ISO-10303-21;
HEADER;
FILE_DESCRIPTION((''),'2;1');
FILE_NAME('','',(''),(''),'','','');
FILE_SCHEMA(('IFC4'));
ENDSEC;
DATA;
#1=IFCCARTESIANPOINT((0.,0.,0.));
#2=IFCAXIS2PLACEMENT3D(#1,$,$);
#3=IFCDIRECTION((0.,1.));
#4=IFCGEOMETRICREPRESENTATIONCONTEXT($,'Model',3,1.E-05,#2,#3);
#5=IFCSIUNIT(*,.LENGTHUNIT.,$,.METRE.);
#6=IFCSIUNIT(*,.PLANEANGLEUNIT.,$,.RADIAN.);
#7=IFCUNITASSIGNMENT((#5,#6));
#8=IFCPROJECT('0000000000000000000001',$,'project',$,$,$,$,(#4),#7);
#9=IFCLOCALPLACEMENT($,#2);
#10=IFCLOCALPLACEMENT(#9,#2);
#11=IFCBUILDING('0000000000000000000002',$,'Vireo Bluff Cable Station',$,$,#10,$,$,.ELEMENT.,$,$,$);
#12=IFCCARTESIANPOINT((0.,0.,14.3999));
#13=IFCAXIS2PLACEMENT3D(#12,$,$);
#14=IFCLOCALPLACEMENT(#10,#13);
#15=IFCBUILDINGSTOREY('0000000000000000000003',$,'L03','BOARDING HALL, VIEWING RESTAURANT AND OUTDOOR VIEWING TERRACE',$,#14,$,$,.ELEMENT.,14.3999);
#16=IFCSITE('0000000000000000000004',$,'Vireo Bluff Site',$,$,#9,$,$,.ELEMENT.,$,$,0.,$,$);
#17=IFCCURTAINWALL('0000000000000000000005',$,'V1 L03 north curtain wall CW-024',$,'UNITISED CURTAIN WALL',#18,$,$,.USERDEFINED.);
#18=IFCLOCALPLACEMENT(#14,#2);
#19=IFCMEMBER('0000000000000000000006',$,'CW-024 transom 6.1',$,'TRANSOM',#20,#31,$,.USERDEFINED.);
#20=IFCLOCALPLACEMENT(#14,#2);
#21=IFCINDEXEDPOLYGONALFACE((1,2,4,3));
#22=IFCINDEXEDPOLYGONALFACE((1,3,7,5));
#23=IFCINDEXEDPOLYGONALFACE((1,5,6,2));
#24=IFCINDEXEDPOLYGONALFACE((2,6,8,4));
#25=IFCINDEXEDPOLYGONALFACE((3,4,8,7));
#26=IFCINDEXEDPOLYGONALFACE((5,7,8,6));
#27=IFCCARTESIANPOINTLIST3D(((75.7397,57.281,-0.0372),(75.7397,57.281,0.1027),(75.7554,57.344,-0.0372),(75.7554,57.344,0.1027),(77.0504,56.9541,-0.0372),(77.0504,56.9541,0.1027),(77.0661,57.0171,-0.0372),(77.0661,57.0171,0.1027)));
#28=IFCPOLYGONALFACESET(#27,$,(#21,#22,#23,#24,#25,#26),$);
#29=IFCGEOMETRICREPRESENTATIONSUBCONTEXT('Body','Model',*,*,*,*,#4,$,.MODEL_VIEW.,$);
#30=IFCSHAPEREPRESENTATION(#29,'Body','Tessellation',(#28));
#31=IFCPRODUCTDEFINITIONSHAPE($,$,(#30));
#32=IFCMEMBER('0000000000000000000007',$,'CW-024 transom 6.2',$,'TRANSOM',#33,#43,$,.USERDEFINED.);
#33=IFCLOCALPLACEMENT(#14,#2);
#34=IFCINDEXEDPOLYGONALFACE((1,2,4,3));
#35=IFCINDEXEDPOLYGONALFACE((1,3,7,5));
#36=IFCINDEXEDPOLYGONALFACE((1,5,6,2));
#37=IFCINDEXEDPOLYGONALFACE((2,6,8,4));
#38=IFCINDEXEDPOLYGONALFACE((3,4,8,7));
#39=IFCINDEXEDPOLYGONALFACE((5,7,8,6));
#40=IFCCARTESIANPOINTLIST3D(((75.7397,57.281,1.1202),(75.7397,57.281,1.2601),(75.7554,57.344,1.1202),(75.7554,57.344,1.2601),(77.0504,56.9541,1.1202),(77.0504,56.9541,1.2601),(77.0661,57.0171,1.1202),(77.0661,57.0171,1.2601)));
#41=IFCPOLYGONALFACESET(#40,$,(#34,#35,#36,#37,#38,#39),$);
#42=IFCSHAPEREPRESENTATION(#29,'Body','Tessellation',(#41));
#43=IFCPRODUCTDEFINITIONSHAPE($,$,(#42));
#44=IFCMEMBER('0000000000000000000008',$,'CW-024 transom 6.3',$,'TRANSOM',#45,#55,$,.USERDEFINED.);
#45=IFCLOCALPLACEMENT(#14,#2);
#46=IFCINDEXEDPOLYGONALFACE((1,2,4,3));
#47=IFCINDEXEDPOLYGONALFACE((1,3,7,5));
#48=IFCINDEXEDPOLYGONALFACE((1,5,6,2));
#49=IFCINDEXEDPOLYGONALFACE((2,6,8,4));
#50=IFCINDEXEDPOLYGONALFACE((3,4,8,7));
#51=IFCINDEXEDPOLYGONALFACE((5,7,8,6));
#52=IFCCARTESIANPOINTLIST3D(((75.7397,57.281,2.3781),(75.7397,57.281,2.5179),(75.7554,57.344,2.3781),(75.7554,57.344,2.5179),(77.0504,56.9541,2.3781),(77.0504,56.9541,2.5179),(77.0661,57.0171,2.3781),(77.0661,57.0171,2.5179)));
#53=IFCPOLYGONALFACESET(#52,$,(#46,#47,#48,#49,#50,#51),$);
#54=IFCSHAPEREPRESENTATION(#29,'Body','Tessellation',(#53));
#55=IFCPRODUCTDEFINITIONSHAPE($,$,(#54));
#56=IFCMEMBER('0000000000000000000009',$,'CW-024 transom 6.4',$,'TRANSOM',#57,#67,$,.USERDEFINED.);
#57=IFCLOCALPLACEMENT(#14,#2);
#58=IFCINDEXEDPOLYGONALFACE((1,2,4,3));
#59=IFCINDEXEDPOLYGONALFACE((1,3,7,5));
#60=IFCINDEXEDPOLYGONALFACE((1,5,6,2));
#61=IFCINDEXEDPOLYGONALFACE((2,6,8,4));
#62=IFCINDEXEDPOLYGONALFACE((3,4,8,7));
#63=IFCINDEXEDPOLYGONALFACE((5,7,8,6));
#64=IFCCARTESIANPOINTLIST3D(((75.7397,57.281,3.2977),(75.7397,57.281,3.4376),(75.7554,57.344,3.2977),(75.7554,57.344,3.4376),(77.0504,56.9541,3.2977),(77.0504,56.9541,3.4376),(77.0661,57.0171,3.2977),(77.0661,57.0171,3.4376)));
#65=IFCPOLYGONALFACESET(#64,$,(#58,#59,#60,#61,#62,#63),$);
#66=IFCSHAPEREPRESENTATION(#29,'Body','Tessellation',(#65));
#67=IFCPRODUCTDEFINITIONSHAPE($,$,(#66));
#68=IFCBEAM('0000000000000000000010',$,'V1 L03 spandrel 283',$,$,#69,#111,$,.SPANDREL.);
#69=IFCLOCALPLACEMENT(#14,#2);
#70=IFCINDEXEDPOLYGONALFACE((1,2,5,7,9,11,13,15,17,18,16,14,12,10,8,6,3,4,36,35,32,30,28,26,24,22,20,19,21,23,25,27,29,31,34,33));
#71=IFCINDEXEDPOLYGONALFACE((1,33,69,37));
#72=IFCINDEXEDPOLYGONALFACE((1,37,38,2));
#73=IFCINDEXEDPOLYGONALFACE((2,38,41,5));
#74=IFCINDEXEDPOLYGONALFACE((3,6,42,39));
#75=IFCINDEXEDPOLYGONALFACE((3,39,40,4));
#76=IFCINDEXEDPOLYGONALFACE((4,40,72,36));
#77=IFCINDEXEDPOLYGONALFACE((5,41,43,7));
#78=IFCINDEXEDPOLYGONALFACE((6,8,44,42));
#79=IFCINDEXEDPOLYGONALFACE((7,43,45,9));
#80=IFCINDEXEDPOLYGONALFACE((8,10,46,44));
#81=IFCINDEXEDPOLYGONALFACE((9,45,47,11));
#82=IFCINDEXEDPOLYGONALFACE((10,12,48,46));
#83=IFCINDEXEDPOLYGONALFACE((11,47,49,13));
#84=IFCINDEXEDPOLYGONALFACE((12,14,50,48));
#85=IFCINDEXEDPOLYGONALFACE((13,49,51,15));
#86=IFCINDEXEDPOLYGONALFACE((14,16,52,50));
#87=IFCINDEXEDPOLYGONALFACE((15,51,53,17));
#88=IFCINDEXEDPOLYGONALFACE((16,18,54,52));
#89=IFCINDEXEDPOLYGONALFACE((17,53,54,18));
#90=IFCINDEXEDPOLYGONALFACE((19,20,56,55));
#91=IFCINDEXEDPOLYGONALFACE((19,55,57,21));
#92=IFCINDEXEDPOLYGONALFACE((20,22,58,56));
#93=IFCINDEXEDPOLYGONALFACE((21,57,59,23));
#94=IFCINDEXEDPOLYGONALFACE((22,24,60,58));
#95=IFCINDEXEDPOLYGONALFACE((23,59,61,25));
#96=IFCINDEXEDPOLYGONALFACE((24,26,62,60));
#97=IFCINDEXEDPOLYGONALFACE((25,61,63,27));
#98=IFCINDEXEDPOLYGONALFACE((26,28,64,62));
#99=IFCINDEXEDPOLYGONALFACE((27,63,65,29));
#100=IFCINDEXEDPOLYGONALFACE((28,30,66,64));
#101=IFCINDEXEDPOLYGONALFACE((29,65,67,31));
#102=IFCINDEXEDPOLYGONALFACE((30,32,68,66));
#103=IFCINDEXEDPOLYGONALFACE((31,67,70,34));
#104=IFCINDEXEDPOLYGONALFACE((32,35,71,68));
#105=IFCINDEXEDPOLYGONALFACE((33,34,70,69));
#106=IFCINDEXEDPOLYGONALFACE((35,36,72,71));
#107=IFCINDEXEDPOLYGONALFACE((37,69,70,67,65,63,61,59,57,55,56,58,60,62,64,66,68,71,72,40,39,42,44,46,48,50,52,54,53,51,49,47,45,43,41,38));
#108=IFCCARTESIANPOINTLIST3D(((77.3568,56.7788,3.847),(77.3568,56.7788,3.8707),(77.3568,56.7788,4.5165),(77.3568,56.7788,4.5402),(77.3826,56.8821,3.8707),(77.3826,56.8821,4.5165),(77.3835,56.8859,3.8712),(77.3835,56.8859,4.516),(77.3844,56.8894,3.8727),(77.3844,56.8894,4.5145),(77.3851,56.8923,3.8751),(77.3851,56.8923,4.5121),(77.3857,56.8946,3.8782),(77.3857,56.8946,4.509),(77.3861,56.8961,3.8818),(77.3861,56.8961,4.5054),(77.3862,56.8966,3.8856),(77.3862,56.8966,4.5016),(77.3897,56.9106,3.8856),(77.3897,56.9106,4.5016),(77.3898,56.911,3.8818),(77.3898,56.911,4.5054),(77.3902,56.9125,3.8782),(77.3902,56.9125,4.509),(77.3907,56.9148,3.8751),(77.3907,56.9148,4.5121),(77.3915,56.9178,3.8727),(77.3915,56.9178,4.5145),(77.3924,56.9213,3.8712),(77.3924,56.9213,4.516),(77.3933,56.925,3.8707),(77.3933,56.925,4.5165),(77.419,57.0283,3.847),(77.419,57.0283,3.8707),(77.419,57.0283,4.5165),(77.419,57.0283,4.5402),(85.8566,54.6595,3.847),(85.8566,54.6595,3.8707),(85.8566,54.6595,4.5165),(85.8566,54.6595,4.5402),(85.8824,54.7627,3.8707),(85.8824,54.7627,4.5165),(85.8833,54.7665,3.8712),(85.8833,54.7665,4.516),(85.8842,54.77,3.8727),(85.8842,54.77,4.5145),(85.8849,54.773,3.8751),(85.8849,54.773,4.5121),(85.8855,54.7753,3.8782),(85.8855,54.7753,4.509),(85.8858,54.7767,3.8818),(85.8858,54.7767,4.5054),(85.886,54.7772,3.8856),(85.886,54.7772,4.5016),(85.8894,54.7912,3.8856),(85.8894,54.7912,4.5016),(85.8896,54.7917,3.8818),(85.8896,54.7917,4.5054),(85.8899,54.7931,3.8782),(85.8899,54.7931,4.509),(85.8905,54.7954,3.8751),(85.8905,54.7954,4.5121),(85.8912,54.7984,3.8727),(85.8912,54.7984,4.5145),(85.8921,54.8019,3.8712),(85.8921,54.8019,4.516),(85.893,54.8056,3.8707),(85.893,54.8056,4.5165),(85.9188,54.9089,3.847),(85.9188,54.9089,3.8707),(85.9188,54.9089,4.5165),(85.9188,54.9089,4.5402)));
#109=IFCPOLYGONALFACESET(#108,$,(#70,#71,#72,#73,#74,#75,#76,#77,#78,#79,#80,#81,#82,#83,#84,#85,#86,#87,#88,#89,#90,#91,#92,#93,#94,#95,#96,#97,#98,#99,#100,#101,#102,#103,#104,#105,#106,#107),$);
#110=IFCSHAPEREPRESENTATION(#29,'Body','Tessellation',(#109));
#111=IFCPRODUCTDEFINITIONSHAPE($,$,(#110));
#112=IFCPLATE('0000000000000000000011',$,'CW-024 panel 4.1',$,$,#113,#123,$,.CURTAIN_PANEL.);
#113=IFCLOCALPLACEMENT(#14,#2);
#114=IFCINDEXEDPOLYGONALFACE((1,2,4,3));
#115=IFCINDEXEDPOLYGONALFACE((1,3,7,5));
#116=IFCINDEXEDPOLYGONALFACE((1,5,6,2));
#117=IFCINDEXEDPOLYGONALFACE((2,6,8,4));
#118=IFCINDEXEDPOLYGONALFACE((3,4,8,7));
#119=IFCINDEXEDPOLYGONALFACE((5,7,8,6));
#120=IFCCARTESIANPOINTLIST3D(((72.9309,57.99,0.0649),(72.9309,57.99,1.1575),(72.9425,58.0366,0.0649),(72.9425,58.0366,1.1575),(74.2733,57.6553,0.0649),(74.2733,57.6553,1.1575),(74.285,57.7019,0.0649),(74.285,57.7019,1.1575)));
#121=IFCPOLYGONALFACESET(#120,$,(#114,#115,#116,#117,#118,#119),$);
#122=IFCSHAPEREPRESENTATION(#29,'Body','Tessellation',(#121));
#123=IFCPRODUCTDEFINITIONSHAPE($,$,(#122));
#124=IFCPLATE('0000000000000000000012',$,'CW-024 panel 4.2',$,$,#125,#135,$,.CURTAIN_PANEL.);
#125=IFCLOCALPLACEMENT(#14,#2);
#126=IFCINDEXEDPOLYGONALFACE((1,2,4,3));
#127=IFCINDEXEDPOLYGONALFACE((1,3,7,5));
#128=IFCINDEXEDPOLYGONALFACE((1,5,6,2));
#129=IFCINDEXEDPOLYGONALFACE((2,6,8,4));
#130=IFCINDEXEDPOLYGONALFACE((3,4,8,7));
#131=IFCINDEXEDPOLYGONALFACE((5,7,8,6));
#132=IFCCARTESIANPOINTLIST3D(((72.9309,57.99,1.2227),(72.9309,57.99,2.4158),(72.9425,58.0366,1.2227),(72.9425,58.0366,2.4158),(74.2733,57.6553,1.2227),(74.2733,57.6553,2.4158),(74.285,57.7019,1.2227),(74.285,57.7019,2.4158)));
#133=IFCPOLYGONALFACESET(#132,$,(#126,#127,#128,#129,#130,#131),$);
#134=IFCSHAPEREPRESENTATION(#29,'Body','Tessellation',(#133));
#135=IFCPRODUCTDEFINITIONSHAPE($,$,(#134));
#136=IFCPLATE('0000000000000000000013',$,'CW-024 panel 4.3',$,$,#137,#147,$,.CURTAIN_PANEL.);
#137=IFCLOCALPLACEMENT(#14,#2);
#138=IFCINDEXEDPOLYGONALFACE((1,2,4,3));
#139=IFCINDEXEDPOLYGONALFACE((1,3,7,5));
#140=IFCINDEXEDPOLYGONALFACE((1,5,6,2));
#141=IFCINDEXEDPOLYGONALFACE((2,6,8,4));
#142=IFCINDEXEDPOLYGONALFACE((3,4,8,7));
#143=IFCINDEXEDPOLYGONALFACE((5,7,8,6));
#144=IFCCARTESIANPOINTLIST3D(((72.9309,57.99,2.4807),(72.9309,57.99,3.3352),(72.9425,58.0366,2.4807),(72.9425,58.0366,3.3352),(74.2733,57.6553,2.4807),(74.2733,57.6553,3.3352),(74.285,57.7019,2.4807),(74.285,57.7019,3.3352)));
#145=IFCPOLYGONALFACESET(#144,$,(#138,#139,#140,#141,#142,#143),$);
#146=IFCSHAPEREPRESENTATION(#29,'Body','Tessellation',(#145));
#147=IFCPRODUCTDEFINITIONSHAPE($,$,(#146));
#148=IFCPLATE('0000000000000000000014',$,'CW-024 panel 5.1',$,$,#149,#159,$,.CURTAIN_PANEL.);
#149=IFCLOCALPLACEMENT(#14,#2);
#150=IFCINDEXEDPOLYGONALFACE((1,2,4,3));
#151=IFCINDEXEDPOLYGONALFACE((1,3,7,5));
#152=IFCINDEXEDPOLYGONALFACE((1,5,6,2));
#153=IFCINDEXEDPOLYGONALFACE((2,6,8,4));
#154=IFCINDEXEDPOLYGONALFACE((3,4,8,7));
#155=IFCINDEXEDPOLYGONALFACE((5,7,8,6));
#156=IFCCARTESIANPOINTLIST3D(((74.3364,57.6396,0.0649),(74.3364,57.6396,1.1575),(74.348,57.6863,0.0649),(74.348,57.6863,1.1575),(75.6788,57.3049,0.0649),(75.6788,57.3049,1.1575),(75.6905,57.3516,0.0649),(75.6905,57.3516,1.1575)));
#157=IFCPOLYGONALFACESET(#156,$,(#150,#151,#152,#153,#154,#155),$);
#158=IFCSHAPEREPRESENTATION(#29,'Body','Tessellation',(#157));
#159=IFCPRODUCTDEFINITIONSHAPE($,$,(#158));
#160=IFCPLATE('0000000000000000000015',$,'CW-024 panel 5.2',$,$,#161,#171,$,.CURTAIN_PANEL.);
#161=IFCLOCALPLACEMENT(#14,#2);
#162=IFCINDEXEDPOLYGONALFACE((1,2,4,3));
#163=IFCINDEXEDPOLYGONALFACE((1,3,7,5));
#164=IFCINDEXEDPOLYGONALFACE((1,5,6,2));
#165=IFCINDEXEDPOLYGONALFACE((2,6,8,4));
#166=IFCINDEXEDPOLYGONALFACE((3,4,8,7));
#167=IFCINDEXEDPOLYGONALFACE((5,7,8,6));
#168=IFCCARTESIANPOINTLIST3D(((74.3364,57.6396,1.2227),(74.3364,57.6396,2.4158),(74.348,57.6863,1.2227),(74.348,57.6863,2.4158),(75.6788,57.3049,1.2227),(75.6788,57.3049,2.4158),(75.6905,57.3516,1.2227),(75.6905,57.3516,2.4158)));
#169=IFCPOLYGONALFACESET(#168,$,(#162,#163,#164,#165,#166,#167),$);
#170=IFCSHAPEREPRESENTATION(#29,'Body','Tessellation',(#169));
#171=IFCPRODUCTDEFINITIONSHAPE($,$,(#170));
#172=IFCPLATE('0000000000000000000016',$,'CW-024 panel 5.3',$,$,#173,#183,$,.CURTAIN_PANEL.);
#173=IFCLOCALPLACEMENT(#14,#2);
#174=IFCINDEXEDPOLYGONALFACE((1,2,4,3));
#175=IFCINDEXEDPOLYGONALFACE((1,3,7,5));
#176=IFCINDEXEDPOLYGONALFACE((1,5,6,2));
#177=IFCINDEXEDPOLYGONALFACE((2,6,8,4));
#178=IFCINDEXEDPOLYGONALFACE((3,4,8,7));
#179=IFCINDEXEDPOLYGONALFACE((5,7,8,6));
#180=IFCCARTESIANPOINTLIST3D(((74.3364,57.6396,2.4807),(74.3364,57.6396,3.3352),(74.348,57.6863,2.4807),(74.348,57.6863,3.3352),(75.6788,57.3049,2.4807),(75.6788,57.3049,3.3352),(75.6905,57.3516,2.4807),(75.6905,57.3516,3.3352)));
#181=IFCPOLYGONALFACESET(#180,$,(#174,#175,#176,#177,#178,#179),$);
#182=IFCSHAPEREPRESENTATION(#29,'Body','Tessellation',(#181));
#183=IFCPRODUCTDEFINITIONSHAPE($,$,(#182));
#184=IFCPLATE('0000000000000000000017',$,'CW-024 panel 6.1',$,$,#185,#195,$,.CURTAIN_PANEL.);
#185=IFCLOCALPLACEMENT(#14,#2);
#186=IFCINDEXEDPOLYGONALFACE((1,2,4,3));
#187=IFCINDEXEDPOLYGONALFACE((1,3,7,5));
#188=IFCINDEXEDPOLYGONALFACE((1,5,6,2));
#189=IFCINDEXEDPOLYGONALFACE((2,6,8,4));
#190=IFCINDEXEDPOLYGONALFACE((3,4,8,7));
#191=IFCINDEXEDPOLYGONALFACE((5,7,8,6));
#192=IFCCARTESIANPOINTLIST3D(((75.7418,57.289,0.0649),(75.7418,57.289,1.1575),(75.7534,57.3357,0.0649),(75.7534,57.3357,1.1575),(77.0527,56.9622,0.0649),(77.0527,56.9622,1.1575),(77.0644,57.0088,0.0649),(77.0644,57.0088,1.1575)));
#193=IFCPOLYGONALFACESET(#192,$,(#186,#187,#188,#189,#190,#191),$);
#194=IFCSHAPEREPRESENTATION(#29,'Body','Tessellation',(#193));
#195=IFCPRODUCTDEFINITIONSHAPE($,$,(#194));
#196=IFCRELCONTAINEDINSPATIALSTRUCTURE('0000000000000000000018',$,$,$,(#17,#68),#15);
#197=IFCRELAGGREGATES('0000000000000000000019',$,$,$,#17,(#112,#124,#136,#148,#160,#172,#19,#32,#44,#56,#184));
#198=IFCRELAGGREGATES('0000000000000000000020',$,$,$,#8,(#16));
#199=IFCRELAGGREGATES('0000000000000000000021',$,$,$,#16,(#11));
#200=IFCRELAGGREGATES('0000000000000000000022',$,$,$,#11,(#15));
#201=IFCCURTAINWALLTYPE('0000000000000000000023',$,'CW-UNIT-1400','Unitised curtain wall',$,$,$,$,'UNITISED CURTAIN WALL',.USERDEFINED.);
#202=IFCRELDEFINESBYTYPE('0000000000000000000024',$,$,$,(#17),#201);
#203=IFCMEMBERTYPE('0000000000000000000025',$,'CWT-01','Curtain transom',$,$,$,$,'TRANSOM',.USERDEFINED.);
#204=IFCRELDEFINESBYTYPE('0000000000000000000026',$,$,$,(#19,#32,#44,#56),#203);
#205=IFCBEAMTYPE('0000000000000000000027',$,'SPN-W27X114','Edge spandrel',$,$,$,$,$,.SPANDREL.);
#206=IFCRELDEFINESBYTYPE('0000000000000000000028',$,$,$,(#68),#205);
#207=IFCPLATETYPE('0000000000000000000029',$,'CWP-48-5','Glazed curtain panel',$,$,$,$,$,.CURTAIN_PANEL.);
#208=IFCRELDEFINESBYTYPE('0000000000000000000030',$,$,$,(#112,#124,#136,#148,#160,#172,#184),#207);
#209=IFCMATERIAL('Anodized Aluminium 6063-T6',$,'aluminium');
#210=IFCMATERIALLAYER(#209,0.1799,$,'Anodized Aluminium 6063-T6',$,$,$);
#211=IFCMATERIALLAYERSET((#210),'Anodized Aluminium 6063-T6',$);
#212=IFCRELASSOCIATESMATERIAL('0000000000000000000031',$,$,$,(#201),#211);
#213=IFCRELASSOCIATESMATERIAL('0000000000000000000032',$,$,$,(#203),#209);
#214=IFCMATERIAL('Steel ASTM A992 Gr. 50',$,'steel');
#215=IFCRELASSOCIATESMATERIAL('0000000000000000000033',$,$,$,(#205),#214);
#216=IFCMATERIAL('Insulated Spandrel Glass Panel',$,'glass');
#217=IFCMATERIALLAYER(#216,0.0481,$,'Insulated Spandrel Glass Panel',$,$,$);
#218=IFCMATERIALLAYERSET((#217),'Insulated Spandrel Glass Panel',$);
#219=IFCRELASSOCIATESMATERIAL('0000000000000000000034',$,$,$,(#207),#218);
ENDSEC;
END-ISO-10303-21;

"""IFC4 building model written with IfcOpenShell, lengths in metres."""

from ifc_helpers import new_model, si_unit, direction, frame, origin, origin_2d, place, context, subcontext, project, spatial, rectangle, i_section, extrude, material, layer, layer_set, material_profile, profile_set, type_object, element, aggregate, save


model = new_model("IFC4")

# Units and contexts
model_context = context("Model", 3, precision=1e-05, world=origin(), true_north=direction((0.0, 1.0)))
body_context = subcontext(model_context, "Body", "Model", "MODEL_VIEW")
ifc_project = project(units=[si_unit("LENGTHUNIT", "METRE"), si_unit("PLANEANGLEUNIT", "RADIAN")], contexts=[model_context])

# Site, building, storey
site_placement = place(None, origin())
site = spatial("IfcSite", under=ifc_project, at=site_placement, Name="Vireo Bluff Site", CompositionType="ELEMENT", RefElevation=0.0)
building_placement = place(site_placement, origin())
building = spatial("IfcBuilding", under=site, at=building_placement, Name="Vireo Bluff Cable Station", CompositionType="ELEMENT")
storey_placement = place(building_placement, frame((0.0, 0.0, 14.3999)))
storey = spatial("IfcBuildingStorey", under=building, at=storey_placement, Name="L03", Description="BOARDING HALL, VIEWING RESTAURANT AND OUTDOOR VIEWING TERRACE", CompositionType="ELEMENT", Elevation=14.3999)

# Shared definitions
ifc_material_1 = material(Name="Steel ASTM A992 Gr. 50", Category="steel")

# Curtain wall, members
ifc_material_2 = material(Name="Anodized Aluminium 6063-T6", Category="aluminium")
ifc_layer_1 = layer(ifc_material_2, 0.1799, Name="Anodized Aluminium 6063-T6")
ifc_layer_set_1 = layer_set([ifc_layer_1], Name="Anodized Aluminium 6063-T6")
curtain_wall_type = type_object("IfcCurtainWallType", Name="CW-UNIT-1400", Description="Unitised curtain wall", ElementType="UNITISED CURTAIN WALL", PredefinedType="USERDEFINED", material=ifc_layer_set_1)
curtain_wall_placement = place(storey_placement, origin())
curtain_wall = element("IfcCurtainWall", 1, at=curtain_wall_placement, inside=storey, type_object=curtain_wall_type, Name="V1 L03 north curtain wall CW-024", ObjectType="UNITISED CURTAIN WALL", PredefinedType="USERDEFINED")
ifc_material_profile_1 = material_profile(ifc_material_2, rectangle(XDim=0.0649, YDim=0.1399, at=origin_2d()), Name="ALU-T-65X140")
ifc_profile_set_1 = profile_set([ifc_material_profile_1], Name="Anodized Aluminium 6063-T6")
member_type_1 = type_object("IfcMemberType", Name="CWT-01", Description="Curtain transom", ElementType="TRANSOM", PredefinedType="USERDEFINED", material=ifc_profile_set_1)
member_1_placement = place(storey_placement, frame((75.7476, 57.3125, 0.0327), z_axis=(0.970281, -0.241983, 0.0), x_axis=(0.241983, 0.970281, 0.0)))
member_1 = element("IfcMember", 2, at=member_1_placement, type_object=member_type_1, Name="CW-024 transom 6.1", ObjectType="TRANSOM", PredefinedType="USERDEFINED", context=body_context, shape_type="SweptSolid", body=[
    extrude(rectangle(XDim=0.0649, YDim=0.1399, at=origin_2d()), origin(), (0.0, 0.0, 1.0), 1.3508),
])
member_2_placement = place(storey_placement, frame((75.7476, 57.3125, 1.1902), z_axis=(0.970281, -0.241983, 0.0), x_axis=(0.241983, 0.970281, 0.0)))
member_2 = element("IfcMember", 3, at=member_2_placement, type_object=member_type_1, Name="CW-024 transom 6.2", ObjectType="TRANSOM", PredefinedType="USERDEFINED", context=body_context, shape_type="SweptSolid", body=[
    extrude(rectangle(XDim=0.0649, YDim=0.1399, at=origin_2d()), origin(), (0.0, 0.0, 1.0), 1.3508),
])
member_3_placement = place(storey_placement, frame((75.7476, 57.3125, 2.448), z_axis=(0.970281, -0.241983, 0.0), x_axis=(0.241983, 0.970281, 0.0)))
member_3 = element("IfcMember", 4, at=member_3_placement, type_object=member_type_1, Name="CW-024 transom 6.3", ObjectType="TRANSOM", PredefinedType="USERDEFINED", context=body_context, shape_type="SweptSolid", body=[
    extrude(rectangle(XDim=0.0649, YDim=0.1399, at=origin_2d()), origin(), (0.0, 0.0, 1.0), 1.3508),
])
member_4_placement = place(storey_placement, frame((75.7476, 57.3125, 3.3677), z_axis=(0.970281, -0.241983, 0.0), x_axis=(0.241983, 0.970281, 0.0)))
member_4 = element("IfcMember", 5, at=member_4_placement, type_object=member_type_1, Name="CW-024 transom 6.4", ObjectType="TRANSOM", PredefinedType="USERDEFINED", context=body_context, shape_type="SweptSolid", body=[
    extrude(rectangle(XDim=0.0649, YDim=0.1399, at=origin_2d()), origin(), (0.0, 0.0, 1.0), 1.3508),
])

# Beam
ifc_material_profile_2 = material_profile(ifc_material_1, i_section(OverallWidth=0.2571, OverallDepth=0.6931, WebThickness=0.0144, FlangeThickness=0.0237, FilletRadius=0.0149, at=origin_2d()), Name="W27X114")
ifc_profile_set_2 = profile_set([ifc_material_profile_2], Name="Steel ASTM A992 Gr. 50")
beam_type = type_object("IfcBeamType", Name="SPN-W27X114", Description="Edge spandrel", PredefinedType="SPANDREL", material=ifc_profile_set_2)
beam_placement = place(storey_placement, frame((77.3879, 56.9036, 4.1936), z_axis=(0.970292, -0.241939, 0.0), x_axis=(0.241939, 0.970292, 0.0)))
element("IfcBeam", 6, at=beam_placement, inside=storey, type_object=beam_type, Name="V1 L03 spandrel 283", PredefinedType="SPANDREL", context=body_context, shape_type="SweptSolid", body=[
    extrude(i_section(OverallWidth=0.2571, OverallDepth=0.6931, WebThickness=0.0144, FlangeThickness=0.0237, FilletRadius=0.0149, at=origin_2d()), origin(), (0.0, 0.0, 1.0), 8.76),
])

# Plates
ifc_material_3 = material(Name="Insulated Spandrel Glass Panel", Category="glass")
ifc_layer_2 = layer(ifc_material_3, 0.0481, Name="Insulated Spandrel Glass Panel")
ifc_layer_set_2 = layer_set([ifc_layer_2], Name="Insulated Spandrel Glass Panel")
plate_type_1 = type_object("IfcPlateType", Name="CWP-48-5", Description="Glazed curtain panel", PredefinedType="CURTAIN_PANEL", material=ifc_layer_set_2)
plate_1_placement = place(storey_placement, frame((73.6079, 57.8459, 0.0649), z_axis=(0.0, 0.0, 1.0), x_axis=(0.970296, -0.241922, 0.0)))
plate_1 = element("IfcPlate", 7, at=plate_1_placement, type_object=plate_type_1, Name="CW-024 panel 4.1", PredefinedType="CURTAIN_PANEL", context=body_context, shape_type="SweptSolid", body=[
    extrude(rectangle(XDim=1.3835, YDim=0.0481, at=origin_2d()), origin(), (0.0, 0.0, 1.0), 1.0925),
])
plate_2_placement = place(storey_placement, frame((73.6079, 57.8459, 1.2227), z_axis=(0.0, 0.0, 1.0), x_axis=(0.970296, -0.241922, 0.0)))
plate_2 = element("IfcPlate", 8, at=plate_2_placement, type_object=plate_type_1, Name="CW-024 panel 4.2", PredefinedType="CURTAIN_PANEL", context=body_context, shape_type="SweptSolid", body=[
    extrude(rectangle(XDim=1.3835, YDim=0.0481, at=origin_2d()), origin(), (0.0, 0.0, 1.0), 1.1931),
])
plate_3_placement = place(storey_placement, frame((73.6079, 57.8459, 2.4807), z_axis=(0.0, 0.0, 1.0), x_axis=(0.970296, -0.241922, 0.0)))
plate_3 = element("IfcPlate", 9, at=plate_3_placement, type_object=plate_type_1, Name="CW-024 panel 4.3", PredefinedType="CURTAIN_PANEL", context=body_context, shape_type="SweptSolid", body=[
    extrude(rectangle(XDim=1.3835, YDim=0.0481, at=origin_2d()), origin(), (0.0, 0.0, 1.0), 0.8545),
])
plate_4_placement = place(storey_placement, frame((75.0134, 57.4956, 0.0649), z_axis=(0.0, 0.0, 1.0), x_axis=(0.970296, -0.241922, 0.0)))
plate_4 = element("IfcPlate", 10, at=plate_4_placement, type_object=plate_type_1, Name="CW-024 panel 5.1", PredefinedType="CURTAIN_PANEL", context=body_context, shape_type="SweptSolid", body=[
    extrude(rectangle(XDim=1.3835, YDim=0.0481, at=origin_2d()), origin(), (0.0, 0.0, 1.0), 1.0925),
])
plate_5_placement = place(storey_placement, frame((75.0134, 57.4956, 1.2227), z_axis=(0.0, 0.0, 1.0), x_axis=(0.970296, -0.241922, 0.0)))
plate_5 = element("IfcPlate", 11, at=plate_5_placement, type_object=plate_type_1, Name="CW-024 panel 5.2", PredefinedType="CURTAIN_PANEL", context=body_context, shape_type="SweptSolid", body=[
    extrude(rectangle(XDim=1.3835, YDim=0.0481, at=origin_2d()), origin(), (0.0, 0.0, 1.0), 1.1931),
])
plate_6_placement = place(storey_placement, frame((75.0134, 57.4956, 2.4807), z_axis=(0.0, 0.0, 1.0), x_axis=(0.970296, -0.241922, 0.0)))
plate_6 = element("IfcPlate", 12, at=plate_6_placement, type_object=plate_type_1, Name="CW-024 panel 5.3", PredefinedType="CURTAIN_PANEL", context=body_context, shape_type="SweptSolid", body=[
    extrude(rectangle(XDim=1.3835, YDim=0.0481, at=origin_2d()), origin(), (0.0, 0.0, 1.0), 0.8545),
])
plate_7_placement = place(storey_placement, frame((76.4031, 57.1489, 0.0649), z_axis=(0.0, 0.0, 1.0), x_axis=(0.970296, -0.241922, 0.0)))
plate_7 = element("IfcPlate", 13, at=plate_7_placement, type_object=plate_type_1, Name="CW-024 panel 6.1", PredefinedType="CURTAIN_PANEL", context=body_context, shape_type="SweptSolid", body=[
    extrude(rectangle(XDim=1.3511, YDim=0.0481, at=origin_2d()), origin(), (0.0, 0.0, 1.0), 1.0925),
])
aggregate(curtain_wall, [plate_1, plate_2, plate_3, plate_4, plate_5, plate_6, member_1, member_2, member_3, member_4, plate_7])

save(model, "model.ifc")
